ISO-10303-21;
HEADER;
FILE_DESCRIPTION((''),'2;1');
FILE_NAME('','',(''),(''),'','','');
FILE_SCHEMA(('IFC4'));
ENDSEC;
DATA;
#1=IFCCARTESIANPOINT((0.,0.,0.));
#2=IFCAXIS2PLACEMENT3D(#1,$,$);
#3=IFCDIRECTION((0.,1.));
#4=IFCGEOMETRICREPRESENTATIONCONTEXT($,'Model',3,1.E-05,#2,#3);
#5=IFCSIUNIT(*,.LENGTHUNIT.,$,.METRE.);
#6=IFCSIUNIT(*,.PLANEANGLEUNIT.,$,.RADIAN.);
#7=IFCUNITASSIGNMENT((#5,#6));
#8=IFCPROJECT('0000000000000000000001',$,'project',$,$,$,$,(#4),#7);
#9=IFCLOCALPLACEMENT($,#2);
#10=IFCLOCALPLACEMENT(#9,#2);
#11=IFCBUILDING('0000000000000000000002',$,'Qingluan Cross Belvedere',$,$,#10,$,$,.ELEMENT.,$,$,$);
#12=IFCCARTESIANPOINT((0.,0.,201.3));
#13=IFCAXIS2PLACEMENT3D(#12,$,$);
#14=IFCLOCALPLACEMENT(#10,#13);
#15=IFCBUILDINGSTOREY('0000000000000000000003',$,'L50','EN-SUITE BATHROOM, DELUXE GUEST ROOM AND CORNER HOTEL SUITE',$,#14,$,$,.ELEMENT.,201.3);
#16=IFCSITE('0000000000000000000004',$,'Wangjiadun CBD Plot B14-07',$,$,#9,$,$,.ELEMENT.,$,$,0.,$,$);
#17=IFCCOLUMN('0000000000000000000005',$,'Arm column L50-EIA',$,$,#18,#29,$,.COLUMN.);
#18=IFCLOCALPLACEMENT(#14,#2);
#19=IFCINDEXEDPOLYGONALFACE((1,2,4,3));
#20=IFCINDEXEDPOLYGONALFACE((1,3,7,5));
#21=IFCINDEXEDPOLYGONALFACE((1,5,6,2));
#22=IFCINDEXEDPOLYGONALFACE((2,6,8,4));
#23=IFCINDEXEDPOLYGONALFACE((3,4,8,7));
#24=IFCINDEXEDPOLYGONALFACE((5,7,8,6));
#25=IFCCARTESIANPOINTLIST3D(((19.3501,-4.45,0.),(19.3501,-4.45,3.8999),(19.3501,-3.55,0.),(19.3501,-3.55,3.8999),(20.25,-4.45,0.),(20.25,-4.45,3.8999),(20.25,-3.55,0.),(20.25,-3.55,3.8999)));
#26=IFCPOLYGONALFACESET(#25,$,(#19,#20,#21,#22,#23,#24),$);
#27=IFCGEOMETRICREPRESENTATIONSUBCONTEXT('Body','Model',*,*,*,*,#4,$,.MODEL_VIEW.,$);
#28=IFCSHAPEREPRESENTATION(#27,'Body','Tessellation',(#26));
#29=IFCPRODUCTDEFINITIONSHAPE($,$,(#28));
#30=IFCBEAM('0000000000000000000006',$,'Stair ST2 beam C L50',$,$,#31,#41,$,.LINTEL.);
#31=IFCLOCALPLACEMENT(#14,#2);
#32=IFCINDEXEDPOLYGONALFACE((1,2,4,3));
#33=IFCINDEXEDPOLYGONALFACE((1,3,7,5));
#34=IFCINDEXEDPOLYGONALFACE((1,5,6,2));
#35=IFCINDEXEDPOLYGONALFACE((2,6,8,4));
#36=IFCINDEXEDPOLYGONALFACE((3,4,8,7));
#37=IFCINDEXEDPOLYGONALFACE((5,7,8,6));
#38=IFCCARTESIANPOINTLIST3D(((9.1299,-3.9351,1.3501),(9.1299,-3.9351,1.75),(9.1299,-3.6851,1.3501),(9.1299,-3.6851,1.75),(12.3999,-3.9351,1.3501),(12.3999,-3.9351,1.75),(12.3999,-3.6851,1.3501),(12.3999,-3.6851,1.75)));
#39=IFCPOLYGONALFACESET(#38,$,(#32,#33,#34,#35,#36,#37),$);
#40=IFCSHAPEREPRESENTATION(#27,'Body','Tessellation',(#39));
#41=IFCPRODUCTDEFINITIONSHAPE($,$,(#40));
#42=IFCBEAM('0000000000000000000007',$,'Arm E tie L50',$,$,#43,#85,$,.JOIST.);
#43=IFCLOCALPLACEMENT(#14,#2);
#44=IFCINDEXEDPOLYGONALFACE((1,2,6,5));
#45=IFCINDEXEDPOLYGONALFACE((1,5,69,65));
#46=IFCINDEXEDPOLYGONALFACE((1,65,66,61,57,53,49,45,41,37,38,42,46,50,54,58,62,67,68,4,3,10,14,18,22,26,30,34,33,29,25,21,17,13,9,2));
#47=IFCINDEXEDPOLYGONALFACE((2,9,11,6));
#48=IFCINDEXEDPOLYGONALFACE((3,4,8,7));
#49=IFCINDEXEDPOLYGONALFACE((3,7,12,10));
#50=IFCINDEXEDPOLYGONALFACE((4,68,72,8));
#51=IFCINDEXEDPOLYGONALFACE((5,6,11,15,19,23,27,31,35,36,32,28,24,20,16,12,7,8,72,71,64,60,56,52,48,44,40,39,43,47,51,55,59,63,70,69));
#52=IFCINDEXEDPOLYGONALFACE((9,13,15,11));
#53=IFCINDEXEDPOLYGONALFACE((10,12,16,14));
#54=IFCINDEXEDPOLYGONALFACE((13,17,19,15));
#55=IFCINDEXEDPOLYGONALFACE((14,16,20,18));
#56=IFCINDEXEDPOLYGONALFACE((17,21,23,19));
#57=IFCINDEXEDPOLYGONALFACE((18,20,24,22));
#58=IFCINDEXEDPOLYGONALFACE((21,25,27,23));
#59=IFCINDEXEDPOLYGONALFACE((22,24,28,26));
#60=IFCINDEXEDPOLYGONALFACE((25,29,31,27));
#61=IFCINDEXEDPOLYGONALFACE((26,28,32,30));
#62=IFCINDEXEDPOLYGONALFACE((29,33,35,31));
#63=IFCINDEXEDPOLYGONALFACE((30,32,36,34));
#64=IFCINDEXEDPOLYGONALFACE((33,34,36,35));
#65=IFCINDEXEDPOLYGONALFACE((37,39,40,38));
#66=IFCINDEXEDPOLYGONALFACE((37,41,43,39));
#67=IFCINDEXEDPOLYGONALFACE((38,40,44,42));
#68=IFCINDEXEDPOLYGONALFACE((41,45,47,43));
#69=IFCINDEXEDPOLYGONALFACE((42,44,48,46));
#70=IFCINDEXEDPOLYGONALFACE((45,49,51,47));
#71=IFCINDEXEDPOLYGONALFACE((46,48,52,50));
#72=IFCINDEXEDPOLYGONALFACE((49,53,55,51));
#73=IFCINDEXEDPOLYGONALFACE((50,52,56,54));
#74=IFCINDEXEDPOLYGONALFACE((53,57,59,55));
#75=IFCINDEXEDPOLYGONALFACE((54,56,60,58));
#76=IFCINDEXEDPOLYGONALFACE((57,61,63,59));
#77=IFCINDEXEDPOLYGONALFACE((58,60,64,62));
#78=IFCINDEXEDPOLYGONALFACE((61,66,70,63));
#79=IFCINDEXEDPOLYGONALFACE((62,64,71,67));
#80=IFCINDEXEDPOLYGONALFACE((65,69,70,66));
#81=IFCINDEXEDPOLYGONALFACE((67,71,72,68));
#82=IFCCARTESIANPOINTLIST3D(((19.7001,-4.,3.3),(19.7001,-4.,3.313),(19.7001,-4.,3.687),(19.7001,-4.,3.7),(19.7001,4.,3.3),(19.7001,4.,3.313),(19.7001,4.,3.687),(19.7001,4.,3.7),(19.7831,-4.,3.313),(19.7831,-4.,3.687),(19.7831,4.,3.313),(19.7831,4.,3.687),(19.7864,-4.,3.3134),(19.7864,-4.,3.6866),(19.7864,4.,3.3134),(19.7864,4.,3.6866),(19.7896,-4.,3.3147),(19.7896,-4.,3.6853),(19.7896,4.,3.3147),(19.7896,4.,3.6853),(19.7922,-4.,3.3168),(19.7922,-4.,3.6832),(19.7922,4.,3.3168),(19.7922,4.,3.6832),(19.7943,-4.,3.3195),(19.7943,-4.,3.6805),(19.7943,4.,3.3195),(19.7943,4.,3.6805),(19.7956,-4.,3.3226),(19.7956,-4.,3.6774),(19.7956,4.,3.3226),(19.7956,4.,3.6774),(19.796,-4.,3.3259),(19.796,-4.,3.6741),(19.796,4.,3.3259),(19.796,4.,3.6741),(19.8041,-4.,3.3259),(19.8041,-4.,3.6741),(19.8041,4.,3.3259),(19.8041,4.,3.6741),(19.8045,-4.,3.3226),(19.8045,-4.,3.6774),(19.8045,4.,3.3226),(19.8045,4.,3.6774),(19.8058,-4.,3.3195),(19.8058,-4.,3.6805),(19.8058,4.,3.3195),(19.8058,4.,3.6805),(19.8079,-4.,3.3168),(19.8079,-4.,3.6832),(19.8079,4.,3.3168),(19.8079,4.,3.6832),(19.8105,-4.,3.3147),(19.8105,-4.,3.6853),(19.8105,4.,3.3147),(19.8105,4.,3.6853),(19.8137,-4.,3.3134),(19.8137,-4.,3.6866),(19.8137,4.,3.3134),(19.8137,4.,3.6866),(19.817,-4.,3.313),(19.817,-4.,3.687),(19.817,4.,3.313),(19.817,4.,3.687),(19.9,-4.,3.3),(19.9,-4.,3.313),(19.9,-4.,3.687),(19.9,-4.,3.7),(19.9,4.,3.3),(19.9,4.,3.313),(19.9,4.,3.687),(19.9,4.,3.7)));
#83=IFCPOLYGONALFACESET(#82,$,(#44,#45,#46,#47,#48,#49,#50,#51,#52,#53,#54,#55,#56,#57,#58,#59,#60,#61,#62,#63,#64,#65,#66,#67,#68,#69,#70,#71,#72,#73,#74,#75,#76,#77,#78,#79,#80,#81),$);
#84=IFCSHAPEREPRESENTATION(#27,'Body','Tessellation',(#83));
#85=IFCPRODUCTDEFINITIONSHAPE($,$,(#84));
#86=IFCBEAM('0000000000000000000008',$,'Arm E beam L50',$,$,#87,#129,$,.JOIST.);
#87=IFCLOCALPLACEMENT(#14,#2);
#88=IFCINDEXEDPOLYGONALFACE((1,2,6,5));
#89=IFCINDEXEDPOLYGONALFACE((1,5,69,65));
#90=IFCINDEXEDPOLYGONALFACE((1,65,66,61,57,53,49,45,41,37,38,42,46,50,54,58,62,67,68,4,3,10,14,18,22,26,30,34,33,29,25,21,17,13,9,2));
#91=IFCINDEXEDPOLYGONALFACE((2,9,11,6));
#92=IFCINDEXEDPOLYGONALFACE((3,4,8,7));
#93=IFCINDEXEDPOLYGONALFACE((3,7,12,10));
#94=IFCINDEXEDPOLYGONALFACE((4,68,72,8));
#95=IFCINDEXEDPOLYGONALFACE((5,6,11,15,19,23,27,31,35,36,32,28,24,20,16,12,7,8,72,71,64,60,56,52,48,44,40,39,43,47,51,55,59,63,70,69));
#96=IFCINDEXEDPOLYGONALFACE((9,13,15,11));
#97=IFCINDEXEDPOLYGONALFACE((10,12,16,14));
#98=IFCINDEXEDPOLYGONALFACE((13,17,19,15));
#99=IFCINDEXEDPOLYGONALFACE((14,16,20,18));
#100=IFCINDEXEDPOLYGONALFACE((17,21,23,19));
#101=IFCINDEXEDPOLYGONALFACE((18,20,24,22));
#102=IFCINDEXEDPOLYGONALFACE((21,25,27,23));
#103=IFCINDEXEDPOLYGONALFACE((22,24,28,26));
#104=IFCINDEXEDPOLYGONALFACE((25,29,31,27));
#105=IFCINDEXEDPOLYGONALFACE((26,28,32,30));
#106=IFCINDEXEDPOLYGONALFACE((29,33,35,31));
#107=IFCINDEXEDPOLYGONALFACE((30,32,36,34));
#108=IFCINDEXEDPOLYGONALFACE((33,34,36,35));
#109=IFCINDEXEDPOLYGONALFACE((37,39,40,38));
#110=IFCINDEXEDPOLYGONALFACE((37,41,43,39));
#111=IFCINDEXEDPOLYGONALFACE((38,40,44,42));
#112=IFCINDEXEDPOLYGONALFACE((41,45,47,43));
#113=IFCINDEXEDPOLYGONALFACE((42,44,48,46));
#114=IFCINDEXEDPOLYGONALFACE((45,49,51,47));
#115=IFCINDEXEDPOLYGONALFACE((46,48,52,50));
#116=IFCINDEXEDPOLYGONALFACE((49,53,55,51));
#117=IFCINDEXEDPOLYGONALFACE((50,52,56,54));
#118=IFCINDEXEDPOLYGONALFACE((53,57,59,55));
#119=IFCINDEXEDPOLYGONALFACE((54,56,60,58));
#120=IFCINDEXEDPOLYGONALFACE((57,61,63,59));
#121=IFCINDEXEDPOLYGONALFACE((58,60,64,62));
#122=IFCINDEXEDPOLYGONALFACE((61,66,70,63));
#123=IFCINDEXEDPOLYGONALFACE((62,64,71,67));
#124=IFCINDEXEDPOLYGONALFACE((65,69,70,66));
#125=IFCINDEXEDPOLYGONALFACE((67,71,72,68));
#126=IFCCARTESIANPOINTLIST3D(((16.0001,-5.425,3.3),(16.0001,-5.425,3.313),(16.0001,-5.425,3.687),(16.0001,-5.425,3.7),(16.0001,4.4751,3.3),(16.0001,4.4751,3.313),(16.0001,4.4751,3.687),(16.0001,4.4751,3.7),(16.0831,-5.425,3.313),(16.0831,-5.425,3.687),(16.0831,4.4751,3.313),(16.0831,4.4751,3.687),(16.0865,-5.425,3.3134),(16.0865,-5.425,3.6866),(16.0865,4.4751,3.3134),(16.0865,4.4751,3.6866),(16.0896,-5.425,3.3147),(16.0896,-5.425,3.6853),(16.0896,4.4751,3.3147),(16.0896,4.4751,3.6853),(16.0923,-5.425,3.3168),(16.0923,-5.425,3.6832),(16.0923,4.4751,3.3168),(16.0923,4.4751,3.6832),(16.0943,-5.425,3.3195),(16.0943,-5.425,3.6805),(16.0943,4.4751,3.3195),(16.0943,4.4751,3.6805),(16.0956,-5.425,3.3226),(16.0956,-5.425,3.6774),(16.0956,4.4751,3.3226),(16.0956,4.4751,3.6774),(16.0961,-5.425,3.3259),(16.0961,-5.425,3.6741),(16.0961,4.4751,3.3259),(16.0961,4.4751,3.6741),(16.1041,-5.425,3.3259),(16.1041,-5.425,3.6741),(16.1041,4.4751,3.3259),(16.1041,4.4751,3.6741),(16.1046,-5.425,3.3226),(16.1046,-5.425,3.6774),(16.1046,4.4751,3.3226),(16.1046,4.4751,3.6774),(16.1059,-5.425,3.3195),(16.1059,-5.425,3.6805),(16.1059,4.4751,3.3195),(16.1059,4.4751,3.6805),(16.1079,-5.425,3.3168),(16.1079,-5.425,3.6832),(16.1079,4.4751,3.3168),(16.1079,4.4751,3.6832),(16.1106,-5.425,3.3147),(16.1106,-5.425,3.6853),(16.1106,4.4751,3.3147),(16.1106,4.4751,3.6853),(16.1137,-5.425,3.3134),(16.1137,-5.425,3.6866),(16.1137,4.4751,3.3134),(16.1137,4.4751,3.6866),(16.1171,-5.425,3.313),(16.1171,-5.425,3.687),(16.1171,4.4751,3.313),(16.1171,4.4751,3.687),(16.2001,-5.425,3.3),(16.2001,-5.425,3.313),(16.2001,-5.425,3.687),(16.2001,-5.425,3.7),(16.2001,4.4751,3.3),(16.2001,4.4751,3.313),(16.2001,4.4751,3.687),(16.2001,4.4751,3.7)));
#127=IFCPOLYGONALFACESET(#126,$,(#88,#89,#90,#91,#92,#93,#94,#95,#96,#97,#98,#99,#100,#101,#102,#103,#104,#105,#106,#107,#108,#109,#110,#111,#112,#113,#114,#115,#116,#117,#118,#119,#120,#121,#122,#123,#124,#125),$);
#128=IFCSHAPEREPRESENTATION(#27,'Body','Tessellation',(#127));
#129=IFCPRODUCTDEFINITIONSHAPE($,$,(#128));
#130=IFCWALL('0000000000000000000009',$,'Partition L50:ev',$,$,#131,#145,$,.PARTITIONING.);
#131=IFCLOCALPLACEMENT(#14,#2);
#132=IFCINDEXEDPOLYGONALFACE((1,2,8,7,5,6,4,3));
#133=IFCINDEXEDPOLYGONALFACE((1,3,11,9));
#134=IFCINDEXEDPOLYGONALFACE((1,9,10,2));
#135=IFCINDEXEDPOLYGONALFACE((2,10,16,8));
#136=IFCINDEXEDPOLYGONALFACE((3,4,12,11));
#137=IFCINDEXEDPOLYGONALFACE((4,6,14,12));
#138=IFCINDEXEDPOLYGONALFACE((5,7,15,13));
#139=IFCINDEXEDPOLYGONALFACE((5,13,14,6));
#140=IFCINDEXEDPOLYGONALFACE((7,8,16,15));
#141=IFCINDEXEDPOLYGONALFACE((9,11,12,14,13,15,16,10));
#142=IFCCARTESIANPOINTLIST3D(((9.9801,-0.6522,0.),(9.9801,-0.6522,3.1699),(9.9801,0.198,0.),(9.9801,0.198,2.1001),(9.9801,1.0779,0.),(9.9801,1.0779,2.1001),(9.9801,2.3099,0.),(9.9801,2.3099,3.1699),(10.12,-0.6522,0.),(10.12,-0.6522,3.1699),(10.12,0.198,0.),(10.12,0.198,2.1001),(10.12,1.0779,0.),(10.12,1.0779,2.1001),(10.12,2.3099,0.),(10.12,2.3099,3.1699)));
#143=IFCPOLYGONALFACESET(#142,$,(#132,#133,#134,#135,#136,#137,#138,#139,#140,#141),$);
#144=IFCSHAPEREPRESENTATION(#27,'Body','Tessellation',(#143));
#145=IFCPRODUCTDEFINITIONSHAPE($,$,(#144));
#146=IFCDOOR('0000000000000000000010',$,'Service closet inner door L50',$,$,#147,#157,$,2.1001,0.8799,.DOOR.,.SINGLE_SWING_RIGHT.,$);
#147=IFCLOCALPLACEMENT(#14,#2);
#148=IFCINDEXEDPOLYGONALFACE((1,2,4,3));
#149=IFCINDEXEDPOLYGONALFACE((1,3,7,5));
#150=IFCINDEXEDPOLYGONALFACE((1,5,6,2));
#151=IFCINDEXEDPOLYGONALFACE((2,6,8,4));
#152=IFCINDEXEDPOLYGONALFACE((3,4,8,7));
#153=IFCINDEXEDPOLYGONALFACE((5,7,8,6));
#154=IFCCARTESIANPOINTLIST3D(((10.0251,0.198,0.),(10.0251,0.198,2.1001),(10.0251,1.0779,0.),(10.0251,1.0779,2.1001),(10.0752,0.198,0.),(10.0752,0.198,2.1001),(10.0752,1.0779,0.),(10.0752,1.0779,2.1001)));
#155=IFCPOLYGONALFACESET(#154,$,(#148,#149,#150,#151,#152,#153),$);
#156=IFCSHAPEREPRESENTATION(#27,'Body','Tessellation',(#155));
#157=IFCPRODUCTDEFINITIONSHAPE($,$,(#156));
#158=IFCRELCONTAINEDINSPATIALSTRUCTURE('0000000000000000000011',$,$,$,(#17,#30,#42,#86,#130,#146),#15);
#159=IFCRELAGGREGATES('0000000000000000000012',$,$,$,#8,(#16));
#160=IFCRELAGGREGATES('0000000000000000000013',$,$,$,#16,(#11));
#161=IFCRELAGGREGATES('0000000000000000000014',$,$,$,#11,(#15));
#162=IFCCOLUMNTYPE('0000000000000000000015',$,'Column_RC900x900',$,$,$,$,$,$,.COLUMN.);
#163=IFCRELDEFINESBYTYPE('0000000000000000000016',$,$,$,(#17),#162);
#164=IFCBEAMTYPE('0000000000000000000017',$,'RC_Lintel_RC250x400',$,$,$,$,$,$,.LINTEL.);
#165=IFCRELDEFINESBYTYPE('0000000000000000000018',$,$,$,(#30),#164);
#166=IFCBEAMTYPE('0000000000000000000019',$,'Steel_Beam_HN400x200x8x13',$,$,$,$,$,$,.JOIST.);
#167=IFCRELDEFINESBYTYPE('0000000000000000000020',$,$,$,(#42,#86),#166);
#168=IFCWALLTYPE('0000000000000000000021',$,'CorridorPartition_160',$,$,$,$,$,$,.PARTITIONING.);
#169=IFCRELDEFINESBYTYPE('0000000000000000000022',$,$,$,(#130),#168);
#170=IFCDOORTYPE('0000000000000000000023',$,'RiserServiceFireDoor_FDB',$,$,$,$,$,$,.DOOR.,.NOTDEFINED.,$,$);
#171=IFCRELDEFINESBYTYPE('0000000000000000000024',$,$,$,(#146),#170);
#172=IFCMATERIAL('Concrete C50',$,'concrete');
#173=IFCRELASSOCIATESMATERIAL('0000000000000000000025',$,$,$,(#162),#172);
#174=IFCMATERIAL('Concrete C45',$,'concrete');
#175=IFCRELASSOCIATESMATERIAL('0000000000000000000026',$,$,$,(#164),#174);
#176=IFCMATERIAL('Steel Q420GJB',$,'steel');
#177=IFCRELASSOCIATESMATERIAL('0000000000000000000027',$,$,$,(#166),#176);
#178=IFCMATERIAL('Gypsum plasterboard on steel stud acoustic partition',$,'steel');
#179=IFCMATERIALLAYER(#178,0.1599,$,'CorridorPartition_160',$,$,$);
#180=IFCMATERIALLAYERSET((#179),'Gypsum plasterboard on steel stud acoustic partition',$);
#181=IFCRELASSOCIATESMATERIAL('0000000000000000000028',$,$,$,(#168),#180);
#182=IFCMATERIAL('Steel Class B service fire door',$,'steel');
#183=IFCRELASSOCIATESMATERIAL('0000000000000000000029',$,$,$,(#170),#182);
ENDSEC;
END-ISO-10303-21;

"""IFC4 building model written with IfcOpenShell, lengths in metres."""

from ifc_helpers import new_model, si_unit, direction, frame, frame_2d, origin, origin_2d, place, context, subcontext, project, spatial, rectangle, i_section, extrude, material, layer, layer_set, material_profile, profile_set, type_object, element, fill, save


model = new_model("IFC4")

# Units and contexts
model_context = context("Model", 3, precision=1e-05, world=origin(), true_north=direction((0.0, 1.0)))
body_context = subcontext(model_context, "Body", "Model", "MODEL_VIEW")
ifc_project = project(units=[si_unit("LENGTHUNIT", "METRE"), si_unit("PLANEANGLEUNIT", "RADIAN")], contexts=[model_context])

# Site, building, storey
site_placement = place(None, origin())
site = spatial("IfcSite", under=ifc_project, at=site_placement, Name="Wangjiadun CBD Plot B14-07", CompositionType="ELEMENT", RefElevation=0.0)
building_placement = place(site_placement, origin())
building = spatial("IfcBuilding", under=site, at=building_placement, Name="Qingluan Cross Belvedere", CompositionType="ELEMENT")
storey_placement = place(building_placement, frame((0.0, 0.0, 201.3)))
storey = spatial("IfcBuildingStorey", under=building, at=storey_placement, Name="L50", Description="EN-SUITE BATHROOM, DELUXE GUEST ROOM AND CORNER HOTEL SUITE", CompositionType="ELEMENT", Elevation=201.3)

# Column
ifc_material_1 = material(Name="Concrete C50", Category="concrete")
ifc_material_profile_1 = material_profile(ifc_material_1, rectangle(XDim=0.8999, YDim=0.8999, at=origin_2d()), Name="RC900x900")
ifc_profile_set_1 = profile_set([ifc_material_profile_1], Name="Concrete C50")
column_type = type_object("IfcColumnType", Name="Column_RC900x900", PredefinedType="COLUMN", material=ifc_profile_set_1)
column_placement = place(storey_placement, frame((19.8, -4.0, 0.0), z_axis=(0.0, 0.0, 1.0), x_axis=(1.0, 0.0, 0.0)))
element("IfcColumn", 1, at=column_placement, inside=storey, type_object=column_type, Name="Arm column L50-EIA", PredefinedType="COLUMN", context=body_context, shape_type="SweptSolid", body=[
    extrude(rectangle(XDim=0.8999, YDim=0.8999, at=origin_2d()), origin(), (0.0, 0.0, 1.0), 3.8999),
])

# Beams
ifc_material_2 = material(Name="Concrete C45", Category="concrete")
ifc_material_profile_2 = material_profile(ifc_material_2, rectangle(XDim=0.25, YDim=0.3999, at=origin_2d()), Name="RC250x400")
ifc_profile_set_2 = profile_set([ifc_material_profile_2], Name="Concrete C45")
beam_type_1 = type_object("IfcBeamType", Name="RC_Lintel_RC250x400", PredefinedType="LINTEL", material=ifc_profile_set_2)
beam_1_placement = place(storey_placement, frame((12.3999, -3.8101, 1.55), z_axis=(-1.0, 0.0, 0.0), x_axis=(0.0, -1.0, 0.0)))
element("IfcBeam", 2, at=beam_1_placement, inside=storey, type_object=beam_type_1, Name="Stair ST2 beam C L50", PredefinedType="LINTEL", context=body_context, shape_type="SweptSolid", body=[
    extrude(rectangle(XDim=0.25, YDim=0.3999, at=origin_2d()), origin(), (0.0, 0.0, 1.0), 3.27),
])
ifc_material_3 = material(Name="Steel Q420GJB", Category="steel")
ifc_material_profile_3 = material_profile(ifc_material_3, i_section(OverallWidth=0.2, OverallDepth=0.3999, WebThickness=0.0081, FlangeThickness=0.0129, FilletRadius=0.0129, at=origin_2d()), Name="HN400x200x8x13")
ifc_profile_set_3 = profile_set([ifc_material_profile_3], Name="Steel Q420GJB")
beam_type_2 = type_object("IfcBeamType", Name="Steel_Beam_HN400x200x8x13", PredefinedType="JOIST", material=ifc_profile_set_3)
beam_2_placement = place(storey_placement, frame((19.8, -4.0, 3.5), z_axis=(0.0, 1.0, 0.0), x_axis=(-1.0, 0.0, 0.0)))
element("IfcBeam", 3, at=beam_2_placement, inside=storey, type_object=beam_type_2, Name="Arm E tie L50", PredefinedType="JOIST", context=body_context, shape_type="SweptSolid", body=[
    extrude(i_section(OverallWidth=0.2, OverallDepth=0.3999, WebThickness=0.0081, FlangeThickness=0.0129, FilletRadius=0.0129, at=origin_2d()), origin(), (0.0, 0.0, 1.0), 8.0),
])
beam_3_placement = place(storey_placement, frame((16.1001, -5.425, 3.5), z_axis=(0.0, 1.0, 0.0), x_axis=(-1.0, 0.0, 0.0)))
element("IfcBeam", 4, at=beam_3_placement, inside=storey, type_object=beam_type_2, Name="Arm E beam L50", PredefinedType="JOIST", context=body_context, shape_type="SweptSolid", body=[
    extrude(i_section(OverallWidth=0.2, OverallDepth=0.3999, WebThickness=0.0081, FlangeThickness=0.0129, FilletRadius=0.0129, at=origin_2d()), origin(), (0.0, 0.0, 1.0), 9.9001),
])

# Wall, opening, door
ifc_material_4 = material(Name="Gypsum plasterboard on steel stud acoustic partition", Category="steel")
ifc_layer_1 = layer(ifc_material_4, 0.1599, Name="CorridorPartition_160")
ifc_layer_set_1 = layer_set([ifc_layer_1], Name="Gypsum plasterboard on steel stud acoustic partition")
wall_type_1 = type_object("IfcWallType", Name="CorridorPartition_160", PredefinedType="PARTITIONING", material=ifc_layer_set_1)
wall_1_placement = place(storey_placement, frame((10.05, -0.6521, 0.0), z_axis=(0.0, 0.0, 1.0), x_axis=(0.0, 1.0, 0.0)))
wall_1 = element("IfcWall", 5, at=wall_1_placement, inside=storey, type_object=wall_type_1, Name="Partition L50:ev", PredefinedType="PARTITIONING", context=body_context, shape_type="SweptSolid", body=[
    extrude(rectangle(XDim=2.9622, YDim=0.1399, at=frame_2d((1.481, 0.0))), origin(), (0.0, 0.0, 1.0), 3.1699),
])
opening_1_placement = place(wall_1_placement, frame((0.8501, 0.0, 0.0)))
opening_1 = element("IfcOpeningElement", 6, at=opening_1_placement, cuts=wall_1, PredefinedType="OPENING", context=body_context, shape_type="SweptSolid", body=[
    extrude(rectangle(XDim=0.8799, YDim=2.1001, at=frame_2d((0.4399, 1.05))), frame((0.0, 0.0798, 0.0), z_axis=(0.0, -1.0, 0.0), x_axis=(1.0, 0.0, 0.0)), (0.0, 0.0, 1.0), 0.1599),
])
ifc_material_5 = material(Name="Steel Class B service fire door", Category="steel")
door_type_1 = type_object("IfcDoorType", Name="RiserServiceFireDoor_FDB", OperationType="NOTDEFINED", PredefinedType="DOOR", material=ifc_material_5)
door_1_placement = place(opening_1_placement, origin())
door_1 = element("IfcDoor", 7, at=door_1_placement, inside=storey, type_object=door_type_1, Name="Service closet inner door L50", OperationType="SINGLE_SWING_RIGHT", OverallHeight=2.1001, OverallWidth=0.8799, PredefinedType="DOOR", context=body_context, shape_type="SweptSolid", body=[
    extrude(rectangle(XDim=0.8799, YDim=2.1001, at=frame_2d((0.4399, 1.05))), frame((0.0, 0.0249, 0.0), z_axis=(0.0, -1.0, 0.0), x_axis=(1.0, 0.0, 0.0)), (0.0, 0.0, 1.0), 0.05),
])
fill(opening_1, door_1)

save(model, "model.ifc")
